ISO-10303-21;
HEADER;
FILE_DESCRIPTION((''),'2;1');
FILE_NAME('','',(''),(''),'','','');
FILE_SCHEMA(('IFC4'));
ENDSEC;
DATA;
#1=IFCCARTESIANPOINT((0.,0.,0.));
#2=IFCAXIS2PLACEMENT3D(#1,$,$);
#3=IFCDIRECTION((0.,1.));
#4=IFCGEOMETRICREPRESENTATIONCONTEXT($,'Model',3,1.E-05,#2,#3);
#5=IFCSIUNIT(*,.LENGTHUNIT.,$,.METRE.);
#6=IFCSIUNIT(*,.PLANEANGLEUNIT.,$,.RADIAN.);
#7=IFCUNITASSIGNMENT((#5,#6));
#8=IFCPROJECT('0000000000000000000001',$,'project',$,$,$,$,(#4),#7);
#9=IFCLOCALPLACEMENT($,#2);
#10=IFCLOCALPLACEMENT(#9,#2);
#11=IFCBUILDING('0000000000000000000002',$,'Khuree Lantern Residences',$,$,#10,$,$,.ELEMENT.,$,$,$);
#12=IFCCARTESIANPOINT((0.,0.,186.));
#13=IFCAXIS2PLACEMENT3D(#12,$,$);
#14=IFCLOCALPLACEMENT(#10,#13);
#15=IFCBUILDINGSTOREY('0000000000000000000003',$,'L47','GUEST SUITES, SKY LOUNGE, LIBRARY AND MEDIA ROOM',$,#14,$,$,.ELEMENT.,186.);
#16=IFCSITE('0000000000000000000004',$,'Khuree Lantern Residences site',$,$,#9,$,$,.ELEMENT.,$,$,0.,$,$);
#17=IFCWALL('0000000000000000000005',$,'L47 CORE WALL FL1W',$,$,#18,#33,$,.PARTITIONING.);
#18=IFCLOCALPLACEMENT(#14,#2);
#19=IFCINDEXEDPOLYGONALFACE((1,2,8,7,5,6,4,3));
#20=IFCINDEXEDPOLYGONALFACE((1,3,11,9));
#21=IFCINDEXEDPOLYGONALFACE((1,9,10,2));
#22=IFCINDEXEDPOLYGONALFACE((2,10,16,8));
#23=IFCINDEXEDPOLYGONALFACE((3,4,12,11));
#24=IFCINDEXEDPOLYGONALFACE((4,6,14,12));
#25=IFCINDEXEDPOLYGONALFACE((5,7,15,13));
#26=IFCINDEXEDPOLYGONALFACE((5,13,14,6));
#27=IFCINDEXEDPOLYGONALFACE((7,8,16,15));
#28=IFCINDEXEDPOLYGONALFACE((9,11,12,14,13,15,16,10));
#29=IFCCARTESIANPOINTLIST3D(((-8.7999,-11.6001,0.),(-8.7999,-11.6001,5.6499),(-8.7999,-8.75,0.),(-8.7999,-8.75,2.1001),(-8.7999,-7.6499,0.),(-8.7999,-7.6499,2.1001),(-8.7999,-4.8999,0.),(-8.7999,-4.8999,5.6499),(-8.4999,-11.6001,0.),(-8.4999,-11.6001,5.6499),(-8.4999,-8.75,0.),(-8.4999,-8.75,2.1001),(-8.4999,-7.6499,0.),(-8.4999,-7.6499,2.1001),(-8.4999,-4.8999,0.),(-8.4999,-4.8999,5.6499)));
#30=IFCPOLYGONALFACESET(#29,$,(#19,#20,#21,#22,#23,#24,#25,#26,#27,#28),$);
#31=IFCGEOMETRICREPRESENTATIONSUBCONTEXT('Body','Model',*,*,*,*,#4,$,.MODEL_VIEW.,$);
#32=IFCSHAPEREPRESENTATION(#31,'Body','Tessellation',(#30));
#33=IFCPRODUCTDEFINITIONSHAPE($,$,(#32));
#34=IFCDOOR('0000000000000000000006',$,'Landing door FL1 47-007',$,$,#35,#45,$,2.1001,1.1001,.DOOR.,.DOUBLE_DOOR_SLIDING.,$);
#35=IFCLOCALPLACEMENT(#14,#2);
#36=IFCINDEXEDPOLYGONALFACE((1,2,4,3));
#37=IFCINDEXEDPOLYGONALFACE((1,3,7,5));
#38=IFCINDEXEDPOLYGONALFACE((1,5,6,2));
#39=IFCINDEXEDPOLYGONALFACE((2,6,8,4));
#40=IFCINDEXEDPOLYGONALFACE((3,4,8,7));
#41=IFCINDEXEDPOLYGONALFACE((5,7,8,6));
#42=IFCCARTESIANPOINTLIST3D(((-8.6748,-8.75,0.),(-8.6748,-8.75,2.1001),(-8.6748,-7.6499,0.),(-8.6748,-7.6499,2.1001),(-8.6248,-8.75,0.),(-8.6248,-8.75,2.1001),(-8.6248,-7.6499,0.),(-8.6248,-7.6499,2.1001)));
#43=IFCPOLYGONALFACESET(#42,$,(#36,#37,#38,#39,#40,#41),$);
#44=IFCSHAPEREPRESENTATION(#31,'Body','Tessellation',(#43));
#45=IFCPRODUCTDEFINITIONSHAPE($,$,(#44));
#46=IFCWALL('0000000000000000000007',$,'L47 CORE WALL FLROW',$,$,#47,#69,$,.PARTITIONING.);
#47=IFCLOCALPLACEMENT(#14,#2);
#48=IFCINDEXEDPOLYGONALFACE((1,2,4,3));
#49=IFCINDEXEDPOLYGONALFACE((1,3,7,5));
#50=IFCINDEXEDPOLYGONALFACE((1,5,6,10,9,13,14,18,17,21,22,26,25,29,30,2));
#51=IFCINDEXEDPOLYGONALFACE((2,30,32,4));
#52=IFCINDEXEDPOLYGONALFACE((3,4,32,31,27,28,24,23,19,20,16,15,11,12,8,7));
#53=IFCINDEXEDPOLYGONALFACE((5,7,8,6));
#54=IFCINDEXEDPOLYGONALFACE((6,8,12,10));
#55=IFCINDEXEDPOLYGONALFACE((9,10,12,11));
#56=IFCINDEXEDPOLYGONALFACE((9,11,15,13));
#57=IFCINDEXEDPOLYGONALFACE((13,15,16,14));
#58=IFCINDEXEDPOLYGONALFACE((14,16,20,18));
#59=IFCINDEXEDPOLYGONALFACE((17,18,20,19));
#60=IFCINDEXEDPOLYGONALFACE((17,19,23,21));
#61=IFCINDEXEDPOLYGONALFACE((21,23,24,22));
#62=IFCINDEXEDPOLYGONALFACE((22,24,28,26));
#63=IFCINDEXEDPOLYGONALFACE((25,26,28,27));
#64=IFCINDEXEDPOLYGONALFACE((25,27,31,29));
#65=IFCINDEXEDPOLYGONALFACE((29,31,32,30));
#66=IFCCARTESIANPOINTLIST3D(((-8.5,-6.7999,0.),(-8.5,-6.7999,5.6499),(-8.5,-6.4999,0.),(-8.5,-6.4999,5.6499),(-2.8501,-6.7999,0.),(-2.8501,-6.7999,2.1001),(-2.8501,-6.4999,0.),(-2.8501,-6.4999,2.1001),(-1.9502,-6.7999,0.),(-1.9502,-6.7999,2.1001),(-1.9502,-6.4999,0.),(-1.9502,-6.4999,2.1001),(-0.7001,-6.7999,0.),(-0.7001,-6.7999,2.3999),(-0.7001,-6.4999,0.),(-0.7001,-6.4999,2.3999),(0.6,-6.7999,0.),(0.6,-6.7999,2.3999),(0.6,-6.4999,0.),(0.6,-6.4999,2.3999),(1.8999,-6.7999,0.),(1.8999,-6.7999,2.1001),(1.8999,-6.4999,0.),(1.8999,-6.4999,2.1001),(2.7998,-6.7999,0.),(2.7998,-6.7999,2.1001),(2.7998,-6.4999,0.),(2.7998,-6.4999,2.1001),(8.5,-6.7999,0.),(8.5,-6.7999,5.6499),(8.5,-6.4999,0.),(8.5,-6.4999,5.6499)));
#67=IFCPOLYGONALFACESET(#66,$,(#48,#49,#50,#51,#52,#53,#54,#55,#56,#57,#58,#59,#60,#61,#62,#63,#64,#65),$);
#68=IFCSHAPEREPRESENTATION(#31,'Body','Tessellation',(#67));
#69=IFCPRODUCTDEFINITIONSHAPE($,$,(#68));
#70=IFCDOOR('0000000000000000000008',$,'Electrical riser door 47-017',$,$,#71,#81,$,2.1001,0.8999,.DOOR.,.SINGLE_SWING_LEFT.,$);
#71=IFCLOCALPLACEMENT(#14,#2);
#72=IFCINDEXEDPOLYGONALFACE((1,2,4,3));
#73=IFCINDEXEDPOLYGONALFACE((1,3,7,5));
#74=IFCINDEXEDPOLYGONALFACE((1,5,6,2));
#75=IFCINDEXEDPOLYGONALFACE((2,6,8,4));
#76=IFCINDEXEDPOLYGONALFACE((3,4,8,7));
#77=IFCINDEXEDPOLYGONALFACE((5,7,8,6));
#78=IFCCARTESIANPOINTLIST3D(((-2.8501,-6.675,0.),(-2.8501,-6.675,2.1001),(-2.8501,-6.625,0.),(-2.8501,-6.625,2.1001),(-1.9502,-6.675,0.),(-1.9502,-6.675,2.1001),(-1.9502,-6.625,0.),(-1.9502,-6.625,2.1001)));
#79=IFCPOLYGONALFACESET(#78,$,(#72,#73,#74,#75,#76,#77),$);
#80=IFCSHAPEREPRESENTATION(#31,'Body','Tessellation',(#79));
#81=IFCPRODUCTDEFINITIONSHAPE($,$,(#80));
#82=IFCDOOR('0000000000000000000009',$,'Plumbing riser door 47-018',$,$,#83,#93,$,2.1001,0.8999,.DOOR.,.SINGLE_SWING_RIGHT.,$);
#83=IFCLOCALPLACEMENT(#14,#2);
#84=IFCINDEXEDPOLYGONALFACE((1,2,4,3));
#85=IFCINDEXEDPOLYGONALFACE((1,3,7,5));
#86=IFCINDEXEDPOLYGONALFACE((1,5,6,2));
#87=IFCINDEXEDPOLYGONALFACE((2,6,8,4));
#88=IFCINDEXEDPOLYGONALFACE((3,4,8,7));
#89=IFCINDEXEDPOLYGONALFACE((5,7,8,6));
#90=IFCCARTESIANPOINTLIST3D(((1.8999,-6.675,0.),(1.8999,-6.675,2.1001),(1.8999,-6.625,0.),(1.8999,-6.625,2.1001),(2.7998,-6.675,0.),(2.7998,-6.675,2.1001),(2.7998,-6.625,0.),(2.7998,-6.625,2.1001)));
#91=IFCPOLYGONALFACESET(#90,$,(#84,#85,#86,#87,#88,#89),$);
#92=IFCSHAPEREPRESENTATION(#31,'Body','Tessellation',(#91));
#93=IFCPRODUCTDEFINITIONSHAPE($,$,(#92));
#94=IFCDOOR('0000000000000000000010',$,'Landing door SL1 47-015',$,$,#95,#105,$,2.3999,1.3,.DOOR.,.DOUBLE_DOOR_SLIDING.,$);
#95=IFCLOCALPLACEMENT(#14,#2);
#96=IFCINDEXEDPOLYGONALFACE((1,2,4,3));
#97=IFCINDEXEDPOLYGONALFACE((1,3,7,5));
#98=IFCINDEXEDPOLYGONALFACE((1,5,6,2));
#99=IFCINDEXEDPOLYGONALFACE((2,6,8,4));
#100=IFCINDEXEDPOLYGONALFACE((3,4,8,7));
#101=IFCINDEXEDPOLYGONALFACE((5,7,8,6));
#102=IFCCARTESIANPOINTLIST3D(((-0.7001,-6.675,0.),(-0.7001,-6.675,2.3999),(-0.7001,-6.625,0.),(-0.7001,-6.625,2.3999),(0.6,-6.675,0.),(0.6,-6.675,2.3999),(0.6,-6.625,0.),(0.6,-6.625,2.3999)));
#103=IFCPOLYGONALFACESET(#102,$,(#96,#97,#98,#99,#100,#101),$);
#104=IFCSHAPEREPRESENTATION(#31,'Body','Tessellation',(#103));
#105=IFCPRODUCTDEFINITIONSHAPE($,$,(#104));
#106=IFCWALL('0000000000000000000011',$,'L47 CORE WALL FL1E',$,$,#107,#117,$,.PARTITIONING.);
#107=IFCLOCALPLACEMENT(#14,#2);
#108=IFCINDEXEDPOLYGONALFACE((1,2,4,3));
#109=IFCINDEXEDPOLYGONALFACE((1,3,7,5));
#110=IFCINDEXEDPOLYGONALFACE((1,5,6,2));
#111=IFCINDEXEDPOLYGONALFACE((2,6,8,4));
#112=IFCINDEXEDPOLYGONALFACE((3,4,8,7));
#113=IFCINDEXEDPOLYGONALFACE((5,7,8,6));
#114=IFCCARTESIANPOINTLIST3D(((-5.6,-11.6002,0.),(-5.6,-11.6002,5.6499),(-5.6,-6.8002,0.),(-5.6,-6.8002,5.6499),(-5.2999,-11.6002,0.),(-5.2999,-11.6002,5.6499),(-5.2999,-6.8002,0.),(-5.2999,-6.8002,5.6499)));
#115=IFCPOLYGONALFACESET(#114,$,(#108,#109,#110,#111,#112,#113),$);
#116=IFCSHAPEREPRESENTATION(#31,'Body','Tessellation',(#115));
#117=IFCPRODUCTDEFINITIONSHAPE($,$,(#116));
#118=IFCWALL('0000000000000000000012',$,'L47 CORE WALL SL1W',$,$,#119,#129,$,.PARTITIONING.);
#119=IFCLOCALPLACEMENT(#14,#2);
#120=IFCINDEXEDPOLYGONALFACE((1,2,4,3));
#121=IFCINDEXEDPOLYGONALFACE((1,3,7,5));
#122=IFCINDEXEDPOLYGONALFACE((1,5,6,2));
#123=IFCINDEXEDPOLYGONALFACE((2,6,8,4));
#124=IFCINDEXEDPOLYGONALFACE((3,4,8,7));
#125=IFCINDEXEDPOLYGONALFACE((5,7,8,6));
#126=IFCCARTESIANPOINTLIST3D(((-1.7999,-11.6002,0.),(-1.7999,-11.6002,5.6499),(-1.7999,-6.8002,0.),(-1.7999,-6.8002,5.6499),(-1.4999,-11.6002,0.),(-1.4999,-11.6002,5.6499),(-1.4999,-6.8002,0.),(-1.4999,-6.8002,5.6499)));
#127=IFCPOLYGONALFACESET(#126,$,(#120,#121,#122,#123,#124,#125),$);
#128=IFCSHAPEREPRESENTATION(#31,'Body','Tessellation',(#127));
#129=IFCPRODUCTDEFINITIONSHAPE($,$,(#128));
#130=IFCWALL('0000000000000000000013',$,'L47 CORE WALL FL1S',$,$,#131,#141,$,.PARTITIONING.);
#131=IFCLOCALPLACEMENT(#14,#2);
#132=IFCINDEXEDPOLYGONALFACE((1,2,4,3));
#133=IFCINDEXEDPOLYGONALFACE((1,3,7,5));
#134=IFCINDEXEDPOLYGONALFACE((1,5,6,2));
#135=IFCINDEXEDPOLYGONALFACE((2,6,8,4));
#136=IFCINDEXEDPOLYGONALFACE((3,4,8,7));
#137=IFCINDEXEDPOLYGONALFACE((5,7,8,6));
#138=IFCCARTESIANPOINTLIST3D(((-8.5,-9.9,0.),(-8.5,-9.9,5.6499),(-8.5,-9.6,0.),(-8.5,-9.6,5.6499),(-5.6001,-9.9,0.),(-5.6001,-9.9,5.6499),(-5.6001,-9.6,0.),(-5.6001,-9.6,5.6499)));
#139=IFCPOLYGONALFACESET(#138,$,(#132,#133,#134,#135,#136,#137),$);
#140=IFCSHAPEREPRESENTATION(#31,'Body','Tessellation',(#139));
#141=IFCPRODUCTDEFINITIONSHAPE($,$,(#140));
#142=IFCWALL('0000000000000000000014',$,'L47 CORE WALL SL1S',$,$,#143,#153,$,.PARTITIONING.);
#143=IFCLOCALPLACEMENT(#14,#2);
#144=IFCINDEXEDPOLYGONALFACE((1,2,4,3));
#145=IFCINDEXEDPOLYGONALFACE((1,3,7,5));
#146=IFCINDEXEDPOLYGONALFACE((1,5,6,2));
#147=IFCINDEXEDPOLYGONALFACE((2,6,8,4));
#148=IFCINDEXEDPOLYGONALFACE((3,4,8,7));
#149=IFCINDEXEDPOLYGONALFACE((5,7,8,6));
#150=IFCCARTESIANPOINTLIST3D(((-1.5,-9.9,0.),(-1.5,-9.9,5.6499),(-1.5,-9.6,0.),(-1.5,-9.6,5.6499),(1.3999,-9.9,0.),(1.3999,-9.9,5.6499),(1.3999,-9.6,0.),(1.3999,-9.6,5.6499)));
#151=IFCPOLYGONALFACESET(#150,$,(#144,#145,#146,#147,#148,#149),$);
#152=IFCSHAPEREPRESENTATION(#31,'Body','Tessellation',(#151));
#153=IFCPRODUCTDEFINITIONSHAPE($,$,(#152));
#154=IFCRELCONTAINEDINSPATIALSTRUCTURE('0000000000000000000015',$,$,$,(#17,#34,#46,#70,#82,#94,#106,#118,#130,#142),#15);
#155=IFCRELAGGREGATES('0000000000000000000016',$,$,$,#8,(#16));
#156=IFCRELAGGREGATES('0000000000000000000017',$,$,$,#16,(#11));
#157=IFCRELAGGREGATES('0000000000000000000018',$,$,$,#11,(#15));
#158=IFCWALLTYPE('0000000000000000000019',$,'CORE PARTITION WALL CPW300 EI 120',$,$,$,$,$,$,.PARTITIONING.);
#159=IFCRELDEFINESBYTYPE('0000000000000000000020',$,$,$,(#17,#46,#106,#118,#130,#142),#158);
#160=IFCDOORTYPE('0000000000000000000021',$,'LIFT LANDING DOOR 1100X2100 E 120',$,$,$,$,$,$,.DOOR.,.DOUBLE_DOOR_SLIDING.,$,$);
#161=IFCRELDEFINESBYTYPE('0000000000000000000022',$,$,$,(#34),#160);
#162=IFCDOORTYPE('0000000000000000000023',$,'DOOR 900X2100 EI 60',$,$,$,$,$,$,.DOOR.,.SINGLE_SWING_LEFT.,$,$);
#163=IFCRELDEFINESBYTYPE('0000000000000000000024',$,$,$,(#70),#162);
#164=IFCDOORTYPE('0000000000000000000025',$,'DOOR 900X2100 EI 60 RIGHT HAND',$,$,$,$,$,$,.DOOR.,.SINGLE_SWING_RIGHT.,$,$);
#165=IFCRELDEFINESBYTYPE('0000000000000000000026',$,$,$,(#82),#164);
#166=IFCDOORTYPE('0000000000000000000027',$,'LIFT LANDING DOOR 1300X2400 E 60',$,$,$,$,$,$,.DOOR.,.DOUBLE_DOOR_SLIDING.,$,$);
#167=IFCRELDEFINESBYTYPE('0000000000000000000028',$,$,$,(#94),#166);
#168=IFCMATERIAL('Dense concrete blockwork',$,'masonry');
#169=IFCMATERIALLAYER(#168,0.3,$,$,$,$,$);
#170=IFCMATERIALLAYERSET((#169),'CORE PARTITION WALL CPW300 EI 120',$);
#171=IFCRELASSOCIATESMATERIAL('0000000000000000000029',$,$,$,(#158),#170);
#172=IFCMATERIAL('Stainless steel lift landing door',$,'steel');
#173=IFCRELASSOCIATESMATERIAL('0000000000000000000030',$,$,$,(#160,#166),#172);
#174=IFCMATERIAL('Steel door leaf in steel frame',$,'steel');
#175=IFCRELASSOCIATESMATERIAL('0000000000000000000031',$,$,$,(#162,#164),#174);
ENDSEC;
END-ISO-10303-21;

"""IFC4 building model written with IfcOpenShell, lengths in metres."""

from ifc_helpers import new_model, si_unit, direction, frame, frame_2d, origin, place, context, subcontext, project, spatial, rectangle, extrude, material, layer, layer_set, type_object, element, fill, save


model = new_model("IFC4")

# Units and contexts
model_context = context("Model", 3, precision=1e-05, world=origin(), true_north=direction((0.0, 1.0)))
body_context = subcontext(model_context, "Body", "Model", "MODEL_VIEW")
ifc_project = project(units=[si_unit("LENGTHUNIT", "METRE"), si_unit("PLANEANGLEUNIT", "RADIAN")], contexts=[model_context])

# Site, building, storey
site_placement = place(None, origin())
site = spatial("IfcSite", under=ifc_project, at=site_placement, Name="Khuree Lantern Residences site", CompositionType="ELEMENT", RefElevation=0.0)
building_placement = place(site_placement, origin())
building = spatial("IfcBuilding", under=site, at=building_placement, Name="Khuree Lantern Residences", CompositionType="ELEMENT")
storey_placement = place(building_placement, frame((0.0, 0.0, 186.0)))
storey = spatial("IfcBuildingStorey", under=building, at=storey_placement, Name="L47", Description="GUEST SUITES, SKY LOUNGE, LIBRARY AND MEDIA ROOM", CompositionType="ELEMENT", Elevation=186.0)

# Wall, opening, door
ifc_material_1 = material(Name="Dense concrete blockwork", Category="masonry")
ifc_layer_1 = layer(ifc_material_1, 0.3)
ifc_layer_set_1 = layer_set([ifc_layer_1], Name="CORE PARTITION WALL CPW300 EI 120")
wall_type_1 = type_object("IfcWallType", Name="CORE PARTITION WALL CPW300 EI 120", PredefinedType="PARTITIONING", material=ifc_layer_set_1)
wall_1_placement = place(storey_placement, frame((-8.6499, -11.6001, 0.0), z_axis=(0.0, 0.0, 1.0), x_axis=(0.0, 1.0, 0.0)))
wall_1 = element("IfcWall", 1, at=wall_1_placement, inside=storey, type_object=wall_type_1, Name="L47 CORE WALL FL1W", PredefinedType="PARTITIONING", context=body_context, shape_type="SweptSolid", body=[
    extrude(rectangle(XDim=6.7002, YDim=0.3, at=frame_2d((3.3501, 0.0))), origin(), (0.0, 0.0, 1.0), 5.6499),
])
opening_1_placement = place(wall_1_placement, frame((2.8501, 0.0, 0.0)))
opening_1 = element("IfcOpeningElement", 2, at=opening_1_placement, cuts=wall_1, PredefinedType="OPENING", context=body_context, shape_type="SweptSolid", body=[
    extrude(rectangle(XDim=1.1001, YDim=2.1001, at=frame_2d((0.55, 1.05))), frame((0.0, 0.1602, 0.0), z_axis=(0.0, -1.0, 0.0), x_axis=(1.0, 0.0, 0.0)), (0.0, 0.0, 1.0), 0.3201),
])
ifc_material_2 = material(Name="Stainless steel lift landing door", Category="steel")
door_type_1 = type_object("IfcDoorType", Name="LIFT LANDING DOOR 1100X2100 E 120", OperationType="DOUBLE_DOOR_SLIDING", PredefinedType="DOOR", material=ifc_material_2)
door_1_placement = place(opening_1_placement, origin())
door_1 = element("IfcDoor", 3, at=door_1_placement, inside=storey, type_object=door_type_1, Name="Landing door FL1 47-007", OperationType="DOUBLE_DOOR_SLIDING", OverallHeight=2.1001, OverallWidth=1.1001, PredefinedType="DOOR", context=body_context, shape_type="SweptSolid", body=[
    extrude(rectangle(XDim=1.1001, YDim=2.1001, at=frame_2d((0.55, 1.05))), frame((0.0, 0.0249, 0.0), z_axis=(0.0, -1.0, 0.0), x_axis=(1.0, 0.0, 0.0)), (0.0, 0.0, 1.0), 0.05),
])
fill(opening_1, door_1)

# Wall, openings, doors
wall_2_placement = place(storey_placement, frame((-8.5, -6.6499, 0.0), z_axis=(0.0, 0.0, 1.0), x_axis=(1.0, 0.0, 0.0)))
wall_2 = element("IfcWall", 4, at=wall_2_placement, inside=storey, type_object=wall_type_1, Name="L47 CORE WALL FLROW", PredefinedType="PARTITIONING", context=body_context, shape_type="SweptSolid", body=[
    extrude(rectangle(XDim=17.0, YDim=0.3, at=frame_2d((8.5, 0.0))), origin(), (0.0, 0.0, 1.0), 5.6499),
])
opening_2_placement = place(wall_2_placement, frame((7.8, 0.0, 0.0)))
opening_2 = element("IfcOpeningElement", 5, at=opening_2_placement, cuts=wall_2, PredefinedType="OPENING", context=body_context, shape_type="SweptSolid", body=[
    extrude(rectangle(XDim=1.3, YDim=2.3999, at=frame_2d((0.6499, 1.2))), frame((0.0, 0.1602, 0.0), z_axis=(0.0, -1.0, 0.0), x_axis=(1.0, 0.0, 0.0)), (0.0, 0.0, 1.0), 0.3201),
])
opening_3_placement = place(wall_2_placement, frame((5.6499, 0.0, 0.0)))
opening_3 = element("IfcOpeningElement", 6, at=opening_3_placement, cuts=wall_2, PredefinedType="OPENING", context=body_context, shape_type="SweptSolid", body=[
    extrude(rectangle(XDim=0.8999, YDim=2.1001, at=frame_2d((0.45, 1.05))), frame((0.0, 0.1602, 0.0), z_axis=(0.0, -1.0, 0.0), x_axis=(1.0, 0.0, 0.0)), (0.0, 0.0, 1.0), 0.3201),
])
opening_4_placement = place(wall_2_placement, frame((10.3999, 0.0, 0.0)))
opening_4 = element("IfcOpeningElement", 7, at=opening_4_placement, cuts=wall_2, PredefinedType="OPENING", context=body_context, shape_type="SweptSolid", body=[
    extrude(rectangle(XDim=0.8999, YDim=2.1001, at=frame_2d((0.45, 1.05))), frame((0.0, 0.1602, 0.0), z_axis=(0.0, -1.0, 0.0), x_axis=(1.0, 0.0, 0.0)), (0.0, 0.0, 1.0), 0.3201),
])
ifc_material_3 = material(Name="Steel door leaf in steel frame", Category="steel")
door_type_2 = type_object("IfcDoorType", Name="DOOR 900X2100 EI 60", OperationType="SINGLE_SWING_LEFT", PredefinedType="DOOR", material=ifc_material_3)
door_2_placement = place(opening_3_placement, origin())
door_2 = element("IfcDoor", 8, at=door_2_placement, inside=storey, type_object=door_type_2, Name="Electrical riser door 47-017", OperationType="SINGLE_SWING_LEFT", OverallHeight=2.1001, OverallWidth=0.8999, PredefinedType="DOOR", context=body_context, shape_type="SweptSolid", body=[
    extrude(rectangle(XDim=0.8999, YDim=2.1001, at=frame_2d((0.45, 1.05))), frame((0.0, 0.0249, 0.0), z_axis=(0.0, -1.0, 0.0), x_axis=(1.0, 0.0, 0.0)), (0.0, 0.0, 1.0), 0.05),
])
fill(opening_3, door_2)
door_type_3 = type_object("IfcDoorType", Name="DOOR 900X2100 EI 60 RIGHT HAND", OperationType="SINGLE_SWING_RIGHT", PredefinedType="DOOR", material=ifc_material_3)
door_3_placement = place(opening_4_placement, origin())
door_3 = element("IfcDoor", 9, at=door_3_placement, inside=storey, type_object=door_type_3, Name="Plumbing riser door 47-018", OperationType="SINGLE_SWING_RIGHT", OverallHeight=2.1001, OverallWidth=0.8999, PredefinedType="DOOR", context=body_context, shape_type="SweptSolid", body=[
    extrude(rectangle(XDim=0.8999, YDim=2.1001, at=frame_2d((0.45, 1.05))), frame((0.0, 0.0249, 0.0), z_axis=(0.0, -1.0, 0.0), x_axis=(1.0, 0.0, 0.0)), (0.0, 0.0, 1.0), 0.05),
])
fill(opening_4, door_3)
door_type_4 = type_object("IfcDoorType", Name="LIFT LANDING DOOR 1300X2400 E 60", OperationType="DOUBLE_DOOR_SLIDING", PredefinedType="DOOR", material=ifc_material_2)
door_4_placement = place(opening_2_placement, origin())
door_4 = element("IfcDoor", 10, at=door_4_placement, inside=storey, type_object=door_type_4, Name="Landing door SL1 47-015", OperationType="DOUBLE_DOOR_SLIDING", OverallHeight=2.3999, OverallWidth=1.3, PredefinedType="DOOR", context=body_context, shape_type="SweptSolid", body=[
    extrude(rectangle(XDim=1.3, YDim=2.3999, at=frame_2d((0.6499, 1.2))), frame((0.0, 0.0249, 0.0), z_axis=(0.0, -1.0, 0.0), x_axis=(1.0, 0.0, 0.0)), (0.0, 0.0, 1.0), 0.05),
])
fill(opening_2, door_4)

# Walls
for number, where, z_axis, x_axis, name in (
    (11, (-5.45, -11.6001, 0.0), (0.0, 0.0, 1.0), (0.0, 1.0, 0.0), "L47 CORE WALL FL1E"),
    (12, (-1.6499, -11.6001, 0.0), (0.0, 0.0, 1.0), (0.0, 1.0, 0.0), "L47 CORE WALL SL1W"),
):
    element("IfcWall", number, at=place(storey_placement, frame(where, z_axis=z_axis, x_axis=x_axis)), inside=storey, type_object=wall_type_1, Name=name, PredefinedType="PARTITIONING", context=body_context, shape_type="SweptSolid", body=[
        extrude(rectangle(XDim=4.8, YDim=0.3, at=frame_2d((2.3999, 0.0))), origin(), (0.0, 0.0, 1.0), 5.6499),
    ])
for number, where, z_axis, x_axis, name in (
    (13, (-8.5, -9.75, 0.0), (0.0, 0.0, 1.0), (1.0, 0.0, 0.0), "L47 CORE WALL FL1S"),
    (14, (-1.5, -9.75, 0.0), (0.0, 0.0, 1.0), (1.0, 0.0, 0.0), "L47 CORE WALL SL1S"),
):
    element("IfcWall", number, at=place(storey_placement, frame(where, z_axis=z_axis, x_axis=x_axis)), inside=storey, type_object=wall_type_1, Name=name, PredefinedType="PARTITIONING", context=body_context, shape_type="SweptSolid", body=[
        extrude(rectangle(XDim=2.8999, YDim=0.3, at=frame_2d((1.45, 0.0))), origin(), (0.0, 0.0, 1.0), 5.6499),
    ])

save(model, "model.ifc")
